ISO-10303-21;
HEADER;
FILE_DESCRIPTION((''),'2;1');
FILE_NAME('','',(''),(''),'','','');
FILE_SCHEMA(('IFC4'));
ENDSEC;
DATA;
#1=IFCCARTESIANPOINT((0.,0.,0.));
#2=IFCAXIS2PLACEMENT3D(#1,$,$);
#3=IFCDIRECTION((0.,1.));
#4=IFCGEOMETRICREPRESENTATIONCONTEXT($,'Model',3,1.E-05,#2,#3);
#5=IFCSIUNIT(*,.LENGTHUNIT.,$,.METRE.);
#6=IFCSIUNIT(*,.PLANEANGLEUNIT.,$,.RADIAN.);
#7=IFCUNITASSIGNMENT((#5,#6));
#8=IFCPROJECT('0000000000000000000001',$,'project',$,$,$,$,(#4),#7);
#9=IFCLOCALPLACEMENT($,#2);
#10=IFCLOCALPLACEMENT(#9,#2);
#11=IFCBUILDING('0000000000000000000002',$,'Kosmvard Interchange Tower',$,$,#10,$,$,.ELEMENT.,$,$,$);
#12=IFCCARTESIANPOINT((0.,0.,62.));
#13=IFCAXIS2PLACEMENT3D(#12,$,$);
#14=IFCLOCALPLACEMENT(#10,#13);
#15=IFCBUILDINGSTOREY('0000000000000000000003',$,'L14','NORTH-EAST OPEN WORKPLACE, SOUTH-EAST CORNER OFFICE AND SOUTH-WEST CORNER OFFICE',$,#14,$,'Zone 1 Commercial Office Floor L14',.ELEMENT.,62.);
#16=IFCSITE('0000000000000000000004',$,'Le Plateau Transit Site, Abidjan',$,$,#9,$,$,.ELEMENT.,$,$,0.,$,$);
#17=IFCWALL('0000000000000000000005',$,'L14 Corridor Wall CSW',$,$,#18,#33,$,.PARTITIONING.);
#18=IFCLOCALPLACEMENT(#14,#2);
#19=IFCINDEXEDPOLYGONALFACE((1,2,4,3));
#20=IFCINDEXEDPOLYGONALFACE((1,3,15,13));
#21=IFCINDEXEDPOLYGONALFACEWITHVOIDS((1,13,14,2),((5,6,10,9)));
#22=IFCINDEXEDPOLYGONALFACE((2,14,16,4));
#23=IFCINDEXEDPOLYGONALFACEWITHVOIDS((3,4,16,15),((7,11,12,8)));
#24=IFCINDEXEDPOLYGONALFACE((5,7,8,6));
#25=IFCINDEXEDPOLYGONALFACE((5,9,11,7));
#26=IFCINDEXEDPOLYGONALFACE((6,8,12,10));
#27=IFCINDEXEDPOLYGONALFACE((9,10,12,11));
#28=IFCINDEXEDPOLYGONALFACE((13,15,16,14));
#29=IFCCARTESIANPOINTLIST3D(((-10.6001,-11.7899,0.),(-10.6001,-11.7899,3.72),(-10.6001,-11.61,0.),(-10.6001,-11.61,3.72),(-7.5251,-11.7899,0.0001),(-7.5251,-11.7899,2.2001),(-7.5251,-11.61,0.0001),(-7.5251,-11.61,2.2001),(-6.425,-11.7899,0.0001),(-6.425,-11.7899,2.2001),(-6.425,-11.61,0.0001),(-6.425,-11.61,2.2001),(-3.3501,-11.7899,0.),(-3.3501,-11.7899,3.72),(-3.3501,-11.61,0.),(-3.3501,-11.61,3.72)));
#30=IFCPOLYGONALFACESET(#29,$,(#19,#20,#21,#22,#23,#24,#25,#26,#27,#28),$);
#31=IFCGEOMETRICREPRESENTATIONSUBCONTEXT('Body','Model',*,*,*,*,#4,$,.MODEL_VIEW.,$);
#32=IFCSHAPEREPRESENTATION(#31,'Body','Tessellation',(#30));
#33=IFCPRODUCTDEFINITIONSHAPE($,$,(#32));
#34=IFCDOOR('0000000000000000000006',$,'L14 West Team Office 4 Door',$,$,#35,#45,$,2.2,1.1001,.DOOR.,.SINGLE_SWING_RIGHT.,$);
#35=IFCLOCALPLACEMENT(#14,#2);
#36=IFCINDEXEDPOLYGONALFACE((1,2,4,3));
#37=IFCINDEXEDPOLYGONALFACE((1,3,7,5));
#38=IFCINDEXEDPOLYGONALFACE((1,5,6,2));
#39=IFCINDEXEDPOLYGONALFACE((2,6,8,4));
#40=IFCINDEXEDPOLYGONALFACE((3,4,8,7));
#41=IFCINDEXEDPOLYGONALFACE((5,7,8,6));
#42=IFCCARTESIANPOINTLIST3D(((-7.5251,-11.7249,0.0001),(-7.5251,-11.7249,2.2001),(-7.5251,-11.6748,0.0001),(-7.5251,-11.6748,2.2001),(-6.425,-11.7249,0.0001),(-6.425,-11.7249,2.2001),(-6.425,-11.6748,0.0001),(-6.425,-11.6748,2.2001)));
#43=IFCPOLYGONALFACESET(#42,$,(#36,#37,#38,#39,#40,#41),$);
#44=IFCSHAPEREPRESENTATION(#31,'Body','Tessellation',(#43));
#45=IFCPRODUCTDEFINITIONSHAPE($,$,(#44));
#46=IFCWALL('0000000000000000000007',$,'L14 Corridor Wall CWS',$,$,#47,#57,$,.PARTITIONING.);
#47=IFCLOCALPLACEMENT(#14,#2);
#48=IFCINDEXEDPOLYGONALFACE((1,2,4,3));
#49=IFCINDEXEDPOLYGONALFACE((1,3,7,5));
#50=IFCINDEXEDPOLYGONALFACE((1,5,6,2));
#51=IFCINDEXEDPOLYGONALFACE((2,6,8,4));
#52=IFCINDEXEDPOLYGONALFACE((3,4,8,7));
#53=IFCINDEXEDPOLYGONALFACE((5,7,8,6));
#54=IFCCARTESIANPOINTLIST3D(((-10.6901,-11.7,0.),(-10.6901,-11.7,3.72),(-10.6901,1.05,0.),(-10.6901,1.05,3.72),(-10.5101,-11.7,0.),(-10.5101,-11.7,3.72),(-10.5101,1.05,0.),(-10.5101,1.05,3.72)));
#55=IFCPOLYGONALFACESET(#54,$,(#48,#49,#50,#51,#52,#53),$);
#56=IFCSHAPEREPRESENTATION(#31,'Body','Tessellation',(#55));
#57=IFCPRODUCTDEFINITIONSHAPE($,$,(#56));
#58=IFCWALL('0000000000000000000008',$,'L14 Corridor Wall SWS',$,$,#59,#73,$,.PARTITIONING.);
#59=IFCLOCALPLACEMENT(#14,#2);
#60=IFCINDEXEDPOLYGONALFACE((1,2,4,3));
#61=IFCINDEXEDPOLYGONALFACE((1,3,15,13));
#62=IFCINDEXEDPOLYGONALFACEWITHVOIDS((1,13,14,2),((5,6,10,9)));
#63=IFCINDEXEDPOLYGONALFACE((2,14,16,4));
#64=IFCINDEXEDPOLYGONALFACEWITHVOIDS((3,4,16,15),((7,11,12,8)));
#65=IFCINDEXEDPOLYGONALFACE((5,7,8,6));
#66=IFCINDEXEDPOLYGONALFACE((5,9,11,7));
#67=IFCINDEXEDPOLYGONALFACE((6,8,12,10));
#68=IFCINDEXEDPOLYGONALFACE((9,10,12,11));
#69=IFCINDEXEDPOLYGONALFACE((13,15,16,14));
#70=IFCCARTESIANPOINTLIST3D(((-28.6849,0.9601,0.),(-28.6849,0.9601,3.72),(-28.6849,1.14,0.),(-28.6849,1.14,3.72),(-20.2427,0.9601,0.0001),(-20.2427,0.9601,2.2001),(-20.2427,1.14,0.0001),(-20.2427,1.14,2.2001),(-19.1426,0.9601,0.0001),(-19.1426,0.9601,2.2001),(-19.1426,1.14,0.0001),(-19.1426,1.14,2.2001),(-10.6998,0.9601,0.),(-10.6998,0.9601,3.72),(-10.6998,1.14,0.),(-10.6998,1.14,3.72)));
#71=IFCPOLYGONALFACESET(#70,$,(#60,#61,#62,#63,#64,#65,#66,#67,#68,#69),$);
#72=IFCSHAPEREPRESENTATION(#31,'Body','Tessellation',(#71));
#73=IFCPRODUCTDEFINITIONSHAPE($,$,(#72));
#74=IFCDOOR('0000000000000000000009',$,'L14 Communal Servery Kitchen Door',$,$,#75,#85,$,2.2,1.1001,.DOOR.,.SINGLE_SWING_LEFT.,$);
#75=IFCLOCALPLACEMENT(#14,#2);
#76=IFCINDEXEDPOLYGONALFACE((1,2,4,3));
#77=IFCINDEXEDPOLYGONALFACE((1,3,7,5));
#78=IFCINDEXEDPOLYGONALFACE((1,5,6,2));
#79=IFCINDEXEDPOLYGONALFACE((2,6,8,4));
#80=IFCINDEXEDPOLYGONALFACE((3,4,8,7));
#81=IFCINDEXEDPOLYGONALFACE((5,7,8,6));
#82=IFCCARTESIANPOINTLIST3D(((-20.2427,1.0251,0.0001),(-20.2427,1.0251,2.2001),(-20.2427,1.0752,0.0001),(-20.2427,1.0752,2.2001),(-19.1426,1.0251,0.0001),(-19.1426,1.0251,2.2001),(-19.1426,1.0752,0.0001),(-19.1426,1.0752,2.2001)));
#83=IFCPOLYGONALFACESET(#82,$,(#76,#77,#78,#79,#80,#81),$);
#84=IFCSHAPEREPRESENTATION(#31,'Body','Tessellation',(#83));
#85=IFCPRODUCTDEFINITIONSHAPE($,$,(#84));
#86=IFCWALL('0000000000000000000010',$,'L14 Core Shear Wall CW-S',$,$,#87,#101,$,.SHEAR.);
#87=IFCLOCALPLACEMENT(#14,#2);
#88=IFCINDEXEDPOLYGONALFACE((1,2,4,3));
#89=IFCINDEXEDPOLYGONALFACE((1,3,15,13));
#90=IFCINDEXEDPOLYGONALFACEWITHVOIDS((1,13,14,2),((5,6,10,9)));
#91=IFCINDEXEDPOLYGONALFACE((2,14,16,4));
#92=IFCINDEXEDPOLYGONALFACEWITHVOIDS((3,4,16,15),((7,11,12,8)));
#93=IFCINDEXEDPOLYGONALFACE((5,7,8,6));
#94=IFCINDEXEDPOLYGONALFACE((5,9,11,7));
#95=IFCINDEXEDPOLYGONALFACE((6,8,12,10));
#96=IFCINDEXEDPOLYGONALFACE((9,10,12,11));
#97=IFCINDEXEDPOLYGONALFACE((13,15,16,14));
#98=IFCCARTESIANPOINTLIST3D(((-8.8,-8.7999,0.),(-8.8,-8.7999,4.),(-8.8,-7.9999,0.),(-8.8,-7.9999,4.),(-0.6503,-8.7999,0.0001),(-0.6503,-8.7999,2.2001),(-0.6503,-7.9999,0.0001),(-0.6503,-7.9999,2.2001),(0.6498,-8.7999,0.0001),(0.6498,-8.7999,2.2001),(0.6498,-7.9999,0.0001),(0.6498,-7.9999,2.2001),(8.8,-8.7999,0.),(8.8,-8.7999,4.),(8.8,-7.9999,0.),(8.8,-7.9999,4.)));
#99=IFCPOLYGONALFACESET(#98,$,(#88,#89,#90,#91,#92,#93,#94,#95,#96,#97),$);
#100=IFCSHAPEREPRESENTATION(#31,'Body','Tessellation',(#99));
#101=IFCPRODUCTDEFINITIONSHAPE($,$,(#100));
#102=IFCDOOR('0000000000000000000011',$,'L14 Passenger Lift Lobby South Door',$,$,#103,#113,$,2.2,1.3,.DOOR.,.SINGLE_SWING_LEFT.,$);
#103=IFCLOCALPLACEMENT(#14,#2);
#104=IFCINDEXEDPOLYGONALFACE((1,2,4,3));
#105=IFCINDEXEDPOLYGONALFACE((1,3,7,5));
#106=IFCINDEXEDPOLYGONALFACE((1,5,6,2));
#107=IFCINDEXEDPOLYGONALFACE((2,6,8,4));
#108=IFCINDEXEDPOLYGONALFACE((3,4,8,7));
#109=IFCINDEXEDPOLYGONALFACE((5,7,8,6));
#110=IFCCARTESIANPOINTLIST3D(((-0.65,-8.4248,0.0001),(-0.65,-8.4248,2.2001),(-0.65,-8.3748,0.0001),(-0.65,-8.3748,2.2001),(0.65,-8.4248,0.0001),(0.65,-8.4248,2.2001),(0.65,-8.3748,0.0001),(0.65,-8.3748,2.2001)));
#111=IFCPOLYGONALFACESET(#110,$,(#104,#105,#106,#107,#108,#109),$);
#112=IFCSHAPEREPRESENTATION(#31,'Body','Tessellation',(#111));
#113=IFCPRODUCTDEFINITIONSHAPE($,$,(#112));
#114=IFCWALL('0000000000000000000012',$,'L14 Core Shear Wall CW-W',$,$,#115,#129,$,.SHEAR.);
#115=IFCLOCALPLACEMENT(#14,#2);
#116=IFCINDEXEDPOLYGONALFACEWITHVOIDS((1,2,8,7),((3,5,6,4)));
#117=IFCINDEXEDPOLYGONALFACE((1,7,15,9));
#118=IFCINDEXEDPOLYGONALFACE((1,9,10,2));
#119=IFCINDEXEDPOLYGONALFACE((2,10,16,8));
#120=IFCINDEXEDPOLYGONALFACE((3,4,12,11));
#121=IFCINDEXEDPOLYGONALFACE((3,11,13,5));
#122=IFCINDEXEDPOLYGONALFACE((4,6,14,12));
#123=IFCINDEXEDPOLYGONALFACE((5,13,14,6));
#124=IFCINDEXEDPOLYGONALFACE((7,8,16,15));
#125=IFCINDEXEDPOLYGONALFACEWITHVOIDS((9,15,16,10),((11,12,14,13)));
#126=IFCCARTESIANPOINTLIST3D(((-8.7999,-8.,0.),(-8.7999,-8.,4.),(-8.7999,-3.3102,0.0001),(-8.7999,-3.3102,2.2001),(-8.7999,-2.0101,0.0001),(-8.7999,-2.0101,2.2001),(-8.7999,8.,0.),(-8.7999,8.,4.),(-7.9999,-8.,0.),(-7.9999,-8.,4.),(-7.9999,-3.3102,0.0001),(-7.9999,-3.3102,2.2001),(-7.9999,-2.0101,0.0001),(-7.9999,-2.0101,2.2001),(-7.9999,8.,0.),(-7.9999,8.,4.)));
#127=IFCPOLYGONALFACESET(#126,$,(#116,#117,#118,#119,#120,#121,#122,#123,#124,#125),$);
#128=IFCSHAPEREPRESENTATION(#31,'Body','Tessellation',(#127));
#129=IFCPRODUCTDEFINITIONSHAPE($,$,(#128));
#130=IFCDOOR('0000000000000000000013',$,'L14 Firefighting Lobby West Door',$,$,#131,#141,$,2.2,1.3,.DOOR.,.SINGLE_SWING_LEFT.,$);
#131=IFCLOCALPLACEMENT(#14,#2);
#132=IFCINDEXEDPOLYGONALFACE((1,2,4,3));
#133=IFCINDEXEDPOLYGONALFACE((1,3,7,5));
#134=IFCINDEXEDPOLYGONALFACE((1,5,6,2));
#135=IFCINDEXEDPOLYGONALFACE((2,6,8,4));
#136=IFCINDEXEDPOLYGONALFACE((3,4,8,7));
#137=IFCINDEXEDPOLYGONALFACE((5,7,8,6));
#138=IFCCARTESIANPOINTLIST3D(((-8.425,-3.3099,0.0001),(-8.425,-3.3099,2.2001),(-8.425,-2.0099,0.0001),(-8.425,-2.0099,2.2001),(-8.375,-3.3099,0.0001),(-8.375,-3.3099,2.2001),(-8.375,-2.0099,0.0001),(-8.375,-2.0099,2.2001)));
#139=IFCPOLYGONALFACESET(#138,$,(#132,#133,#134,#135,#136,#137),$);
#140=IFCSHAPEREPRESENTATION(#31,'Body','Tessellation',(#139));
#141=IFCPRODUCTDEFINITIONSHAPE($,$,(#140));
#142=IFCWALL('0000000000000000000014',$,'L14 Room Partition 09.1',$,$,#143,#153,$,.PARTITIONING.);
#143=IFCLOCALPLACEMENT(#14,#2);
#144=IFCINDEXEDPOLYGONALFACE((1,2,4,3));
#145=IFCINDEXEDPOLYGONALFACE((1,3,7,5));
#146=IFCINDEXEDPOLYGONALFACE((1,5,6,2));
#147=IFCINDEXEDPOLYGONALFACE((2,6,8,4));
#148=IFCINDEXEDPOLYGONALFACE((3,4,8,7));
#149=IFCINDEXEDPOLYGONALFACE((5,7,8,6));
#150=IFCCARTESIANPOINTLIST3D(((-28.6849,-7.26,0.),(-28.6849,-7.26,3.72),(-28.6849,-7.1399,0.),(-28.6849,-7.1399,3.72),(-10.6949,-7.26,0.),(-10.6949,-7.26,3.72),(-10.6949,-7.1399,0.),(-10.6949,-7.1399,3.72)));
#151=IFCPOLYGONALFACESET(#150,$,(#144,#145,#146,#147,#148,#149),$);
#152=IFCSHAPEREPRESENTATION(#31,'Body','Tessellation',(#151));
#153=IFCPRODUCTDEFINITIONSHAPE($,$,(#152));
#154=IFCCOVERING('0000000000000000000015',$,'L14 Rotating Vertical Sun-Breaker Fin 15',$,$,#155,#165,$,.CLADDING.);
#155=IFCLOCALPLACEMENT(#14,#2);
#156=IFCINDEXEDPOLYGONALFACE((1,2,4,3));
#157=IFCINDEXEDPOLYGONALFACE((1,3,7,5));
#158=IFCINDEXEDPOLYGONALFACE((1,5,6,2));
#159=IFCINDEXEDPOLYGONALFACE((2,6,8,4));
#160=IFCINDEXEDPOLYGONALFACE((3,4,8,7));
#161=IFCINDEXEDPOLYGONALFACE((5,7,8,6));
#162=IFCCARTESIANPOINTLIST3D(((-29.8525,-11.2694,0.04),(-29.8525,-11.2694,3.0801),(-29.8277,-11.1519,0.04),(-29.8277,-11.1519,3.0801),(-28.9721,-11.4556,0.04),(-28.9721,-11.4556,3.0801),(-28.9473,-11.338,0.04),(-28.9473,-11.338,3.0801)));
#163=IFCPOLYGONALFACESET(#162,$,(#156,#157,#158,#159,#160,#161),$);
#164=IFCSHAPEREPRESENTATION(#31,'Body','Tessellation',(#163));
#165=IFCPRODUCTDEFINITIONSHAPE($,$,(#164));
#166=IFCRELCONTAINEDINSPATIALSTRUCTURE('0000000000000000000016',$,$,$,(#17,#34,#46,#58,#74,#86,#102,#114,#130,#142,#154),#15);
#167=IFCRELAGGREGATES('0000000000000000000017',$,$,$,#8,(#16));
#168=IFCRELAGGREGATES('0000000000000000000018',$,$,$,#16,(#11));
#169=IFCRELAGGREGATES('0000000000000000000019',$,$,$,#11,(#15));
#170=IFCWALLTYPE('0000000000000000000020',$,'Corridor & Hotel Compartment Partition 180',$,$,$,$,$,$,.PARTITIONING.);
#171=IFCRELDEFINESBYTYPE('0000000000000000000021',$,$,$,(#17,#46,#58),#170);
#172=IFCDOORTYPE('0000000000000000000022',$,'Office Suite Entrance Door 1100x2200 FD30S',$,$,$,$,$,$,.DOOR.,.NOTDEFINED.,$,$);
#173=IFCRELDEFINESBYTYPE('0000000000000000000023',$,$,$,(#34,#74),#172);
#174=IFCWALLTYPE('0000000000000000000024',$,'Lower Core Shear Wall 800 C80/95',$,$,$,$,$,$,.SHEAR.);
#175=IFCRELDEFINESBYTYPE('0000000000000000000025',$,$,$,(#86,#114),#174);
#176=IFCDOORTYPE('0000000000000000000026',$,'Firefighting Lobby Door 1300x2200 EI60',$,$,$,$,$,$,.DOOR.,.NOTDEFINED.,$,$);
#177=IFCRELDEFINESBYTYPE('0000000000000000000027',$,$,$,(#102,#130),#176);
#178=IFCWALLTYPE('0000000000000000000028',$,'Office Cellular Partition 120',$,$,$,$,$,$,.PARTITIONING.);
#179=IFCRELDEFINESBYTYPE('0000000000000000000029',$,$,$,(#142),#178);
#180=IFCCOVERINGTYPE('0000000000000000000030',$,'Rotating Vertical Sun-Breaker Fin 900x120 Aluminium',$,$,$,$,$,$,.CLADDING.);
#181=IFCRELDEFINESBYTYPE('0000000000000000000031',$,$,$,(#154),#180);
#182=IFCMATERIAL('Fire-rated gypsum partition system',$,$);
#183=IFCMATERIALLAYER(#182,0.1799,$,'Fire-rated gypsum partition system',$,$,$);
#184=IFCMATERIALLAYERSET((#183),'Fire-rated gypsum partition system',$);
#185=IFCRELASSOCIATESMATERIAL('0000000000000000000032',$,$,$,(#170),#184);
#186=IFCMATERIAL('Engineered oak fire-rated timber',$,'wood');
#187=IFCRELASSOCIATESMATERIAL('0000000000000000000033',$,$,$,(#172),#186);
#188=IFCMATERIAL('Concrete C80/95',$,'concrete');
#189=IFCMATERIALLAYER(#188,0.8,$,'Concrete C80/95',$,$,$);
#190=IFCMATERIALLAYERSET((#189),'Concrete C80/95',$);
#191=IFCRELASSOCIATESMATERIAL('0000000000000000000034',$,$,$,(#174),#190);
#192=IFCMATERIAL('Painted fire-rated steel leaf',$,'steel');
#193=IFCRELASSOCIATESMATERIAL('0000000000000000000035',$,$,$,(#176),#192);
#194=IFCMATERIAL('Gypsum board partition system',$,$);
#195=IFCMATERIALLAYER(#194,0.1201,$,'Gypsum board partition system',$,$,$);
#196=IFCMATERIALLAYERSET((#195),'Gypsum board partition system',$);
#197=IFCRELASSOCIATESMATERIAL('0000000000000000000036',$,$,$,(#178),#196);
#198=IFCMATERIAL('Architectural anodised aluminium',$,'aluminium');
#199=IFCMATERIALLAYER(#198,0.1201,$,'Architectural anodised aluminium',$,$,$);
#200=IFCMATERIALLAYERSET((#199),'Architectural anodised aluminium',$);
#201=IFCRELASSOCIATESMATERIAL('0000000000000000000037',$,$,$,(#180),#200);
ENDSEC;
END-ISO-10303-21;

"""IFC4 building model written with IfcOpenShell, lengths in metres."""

from ifc_helpers import new_model, si_unit, direction, frame, frame_2d, origin, origin_2d, place, context, subcontext, project, spatial, rectangle, extrude, source, transform, mapped, material, layer, layer_set, type_object, element, fill, save


model = new_model("IFC4")

# Units and contexts
model_context = context("Model", 3, precision=1e-05, world=origin(), true_north=direction((0.0, 1.0)))
body_context = subcontext(model_context, "Body", "Model", "MODEL_VIEW")
ifc_project = project(units=[si_unit("LENGTHUNIT", "METRE"), si_unit("PLANEANGLEUNIT", "RADIAN")], contexts=[model_context])

# Site, building, storey
site_placement = place(None, origin())
site = spatial("IfcSite", under=ifc_project, at=site_placement, Name="Le Plateau Transit Site, Abidjan", CompositionType="ELEMENT", RefElevation=0.0)
building_placement = place(site_placement, origin())
building = spatial("IfcBuilding", under=site, at=building_placement, Name="Kosmvard Interchange Tower", CompositionType="ELEMENT")
storey_placement = place(building_placement, frame((0.0, 0.0, 62.0)))
storey = spatial("IfcBuildingStorey", under=building, at=storey_placement, Name="L14", Description="NORTH-EAST OPEN WORKPLACE, SOUTH-EAST CORNER OFFICE AND SOUTH-WEST CORNER OFFICE", LongName="Zone 1 Commercial Office Floor L14", CompositionType="ELEMENT", Elevation=62.0)

# Shared definitions
ifc_material_1 = material(Name="Concrete C80/95", Category="concrete")

# Wall, opening, door
ifc_material_2 = material(Name="Fire-rated gypsum partition system")
ifc_layer_1 = layer(ifc_material_2, 0.1799, Name="Fire-rated gypsum partition system")
ifc_layer_set_1 = layer_set([ifc_layer_1], Name="Fire-rated gypsum partition system")
wall_type_1 = type_object("IfcWallType", Name="Corridor & Hotel Compartment Partition 180", PredefinedType="PARTITIONING", material=ifc_layer_set_1)
wall_1_placement = place(storey_placement, frame((-10.6001, -11.7, 0.0), z_axis=(0.0, 0.0, 1.0), x_axis=(1.0, 0.0, 0.0)))
wall_1 = element("IfcWall", 1, at=wall_1_placement, inside=storey, type_object=wall_type_1, Name="L14 Corridor Wall CSW", PredefinedType="PARTITIONING", context=body_context, shape_type="SweptSolid", body=[
    extrude(rectangle(XDim=7.25, YDim=0.1799, at=frame_2d((3.625, 0.0))), origin(), (0.0, 0.0, 1.0), 3.72),
])
opening_1_placement = place(wall_1_placement, frame((3.075, 0.0, 0.0)))
opening_1 = element("IfcOpeningElement", 2, at=opening_1_placement, cuts=wall_1, PredefinedType="OPENING", context=body_context, shape_type="SweptSolid", body=[
    extrude(rectangle(XDim=1.1001, YDim=2.2, at=frame_2d((0.55, 1.1001))), frame((0.0, 0.1001, 0.0), z_axis=(0.0, -1.0, 0.0), x_axis=(1.0, 0.0, 0.0)), (0.0, 0.0, 1.0), 0.2),
])
ifc_material_3 = material(Name="Engineered oak fire-rated timber", Category="wood")
door_type_1 = type_object("IfcDoorType", Name="Office Suite Entrance Door 1100x2200 FD30S", OperationType="NOTDEFINED", PredefinedType="DOOR", material=ifc_material_3)
shared_shape_1 = source(origin(), body_context, "Body", "SweptSolid", [
    extrude(rectangle(XDim=1.1001, YDim=2.2, at=frame_2d((0.55, 1.1001))), frame((0.0, 0.0249, 0.0), z_axis=(0.0, -1.0, 0.0), x_axis=(1.0, 0.0, 0.0)), (0.0, 0.0, 1.0), 0.05),
])
door_1_placement = place(opening_1_placement, frame((1.1001, 0.0, 0.0), z_axis=(0.0, 0.0, 1.0), x_axis=(-1.0, 0.0, 0.0)))
door_1 = element("IfcDoor", 3, at=door_1_placement, inside=storey, type_object=door_type_1, Name="L14 West Team Office 4 Door", OperationType="SINGLE_SWING_RIGHT", OverallHeight=2.2, OverallWidth=1.1001, PredefinedType="DOOR", context=body_context, shape_type="MappedRepresentation", body=[
    mapped(shared_shape_1, transform((0.0, 0.0, 0.0), scale=1.0)),
])
fill(opening_1, door_1)

# Wall
wall_2_placement = place(storey_placement, frame((-10.6001, -11.7, 0.0), z_axis=(0.0, 0.0, 1.0), x_axis=(0.0, 1.0, 0.0)))
element("IfcWall", 4, at=wall_2_placement, inside=storey, type_object=wall_type_1, Name="L14 Corridor Wall CWS", PredefinedType="PARTITIONING", context=body_context, shape_type="SweptSolid", body=[
    extrude(rectangle(XDim=12.75, YDim=0.1799, at=frame_2d((6.375, 0.0))), origin(), (0.0, 0.0, 1.0), 3.72),
])

# Walls, openings, doors
wall_3_placement = place(storey_placement, frame((-28.6851, 1.05, 0.0), z_axis=(0.0, 0.0, 1.0), x_axis=(1.0, 0.0, 0.0)))
wall_3 = element("IfcWall", 5, at=wall_3_placement, inside=storey, type_object=wall_type_1, Name="L14 Corridor Wall SWS", PredefinedType="PARTITIONING", context=body_context, shape_type="SweptSolid", body=[
    extrude(rectangle(XDim=17.9851, YDim=0.1799, at=frame_2d((8.9927, 0.0))), origin(), (0.0, 0.0, 1.0), 3.72),
])
opening_2_placement = place(wall_3_placement, frame((8.4424, 0.0, 0.0)))
opening_2 = element("IfcOpeningElement", 6, at=opening_2_placement, cuts=wall_3, PredefinedType="OPENING", context=body_context, shape_type="SweptSolid", body=[
    extrude(rectangle(XDim=1.1001, YDim=2.2, at=frame_2d((0.55, 1.1001))), frame((0.0, 0.1001, 0.0), z_axis=(0.0, -1.0, 0.0), x_axis=(1.0, 0.0, 0.0)), (0.0, 0.0, 1.0), 0.2),
])
door_2_placement = place(opening_2_placement, frame((1.1001, 0.0, 0.0), z_axis=(0.0, 0.0, 1.0), x_axis=(-1.0, 0.0, 0.0)))
door_2 = element("IfcDoor", 7, at=door_2_placement, inside=storey, type_object=door_type_1, Name="L14 Communal Servery Kitchen Door", OperationType="SINGLE_SWING_LEFT", OverallHeight=2.2, OverallWidth=1.1001, PredefinedType="DOOR", context=body_context, shape_type="MappedRepresentation", body=[
    mapped(shared_shape_1, transform((0.0, 0.0, 0.0), scale=1.0)),
])
fill(opening_2, door_2)
ifc_layer_2 = layer(ifc_material_1, 0.8, Name="Concrete C80/95")
ifc_layer_set_2 = layer_set([ifc_layer_2], Name="Concrete C80/95")
wall_type_2 = type_object("IfcWallType", Name="Lower Core Shear Wall 800 C80/95", PredefinedType="SHEAR", material=ifc_layer_set_2)
wall_4_placement = place(storey_placement, frame((-8.8, -8.3999, 0.0), z_axis=(0.0, 0.0, 1.0), x_axis=(1.0, 0.0, 0.0)))
wall_4 = element("IfcWall", 8, at=wall_4_placement, inside=storey, type_object=wall_type_2, Name="L14 Core Shear Wall CW-S", PredefinedType="SHEAR", context=body_context, shape_type="SweptSolid", body=[
    extrude(rectangle(XDim=17.6001, YDim=0.8, at=frame_2d((8.8, 0.0))), origin(), (0.0, 0.0, 1.0), 4.0),
])
opening_3_placement = place(wall_4_placement, frame((8.1499, 0.0, 0.0)))
opening_3 = element("IfcOpeningElement", 9, at=opening_3_placement, cuts=wall_4, PredefinedType="OPENING", context=body_context, shape_type="SweptSolid", body=[
    extrude(rectangle(XDim=1.3, YDim=2.2, at=frame_2d((0.6499, 1.1001))), frame((0.0, 0.4102, 0.0), z_axis=(0.0, -1.0, 0.0), x_axis=(1.0, 0.0, 0.0)), (0.0, 0.0, 1.0), 0.8201),
])
ifc_material_4 = material(Name="Painted fire-rated steel leaf", Category="steel")
door_type_2 = type_object("IfcDoorType", Name="Firefighting Lobby Door 1300x2200 EI60", OperationType="NOTDEFINED", PredefinedType="DOOR", material=ifc_material_4)
shared_shape_2 = source(origin(), body_context, "Body", "SweptSolid", [
    extrude(rectangle(XDim=1.3, YDim=2.2, at=frame_2d((0.6499, 1.1001))), frame((0.0, 0.0249, 0.0), z_axis=(0.0, -1.0, 0.0), x_axis=(1.0, 0.0, 0.0)), (0.0, 0.0, 1.0), 0.05),
])
door_3_placement = place(opening_3_placement, frame((1.3, 0.0, 0.0), z_axis=(0.0, 0.0, 1.0), x_axis=(-1.0, 0.0, 0.0)))
door_3 = element("IfcDoor", 10, at=door_3_placement, inside=storey, type_object=door_type_2, Name="L14 Passenger Lift Lobby South Door", OperationType="SINGLE_SWING_LEFT", OverallHeight=2.2, OverallWidth=1.3, PredefinedType="DOOR", context=body_context, shape_type="MappedRepresentation", body=[
    mapped(shared_shape_2, transform((0.0, 0.0, 0.0), scale=1.0)),
])
fill(opening_3, door_3)
wall_5_placement = place(storey_placement, frame((-8.3999, -8.0, 0.0), z_axis=(0.0, 0.0, 1.0), x_axis=(0.0, 1.0, 0.0)))
wall_5 = element("IfcWall", 11, at=wall_5_placement, inside=storey, type_object=wall_type_2, Name="L14 Core Shear Wall CW-W", PredefinedType="SHEAR", context=body_context, shape_type="SweptSolid", body=[
    extrude(rectangle(XDim=16.0, YDim=0.8, at=frame_2d((8.0, 0.0))), origin(), (0.0, 0.0, 1.0), 4.0),
])
opening_4_placement = place(wall_5_placement, frame((4.6899, 0.0, 0.0)))
opening_4 = element("IfcOpeningElement", 12, at=opening_4_placement, cuts=wall_5, PredefinedType="OPENING", context=body_context, shape_type="SweptSolid", body=[
    extrude(rectangle(XDim=1.3, YDim=2.2, at=frame_2d((0.6499, 1.1001))), frame((0.0, 0.4102, 0.0), z_axis=(0.0, -1.0, 0.0), x_axis=(1.0, 0.0, 0.0)), (0.0, 0.0, 1.0), 0.8201),
])
door_4_placement = place(opening_4_placement, frame((1.3, 0.0, 0.0), z_axis=(0.0, 0.0, 1.0), x_axis=(-1.0, 0.0, 0.0)))
door_4 = element("IfcDoor", 13, at=door_4_placement, inside=storey, type_object=door_type_2, Name="L14 Firefighting Lobby West Door", OperationType="SINGLE_SWING_LEFT", OverallHeight=2.2, OverallWidth=1.3, PredefinedType="DOOR", context=body_context, shape_type="MappedRepresentation", body=[
    mapped(shared_shape_2, transform((0.0, 0.0, 0.0), scale=1.0)),
])
fill(opening_4, door_4)

# Wall
ifc_material_5 = material(Name="Gypsum board partition system")
ifc_layer_3 = layer(ifc_material_5, 0.1201, Name="Gypsum board partition system")
ifc_layer_set_3 = layer_set([ifc_layer_3], Name="Gypsum board partition system")
wall_type_3 = type_object("IfcWallType", Name="Office Cellular Partition 120", PredefinedType="PARTITIONING", material=ifc_layer_set_3)
wall_6_placement = place(storey_placement, frame((-28.6851, -7.2, 0.0), z_axis=(0.0, 0.0, 1.0), x_axis=(1.0, 0.0, 0.0)))
element("IfcWall", 14, at=wall_6_placement, inside=storey, type_object=wall_type_3, Name="L14 Room Partition 09.1", PredefinedType="PARTITIONING", context=body_context, shape_type="SweptSolid", body=[
    extrude(rectangle(XDim=17.99, YDim=0.1201, at=frame_2d((8.9951, 0.0))), origin(), (0.0, 0.0, 1.0), 3.72),
])

# Covering
ifc_material_6 = material(Name="Architectural anodised aluminium", Category="aluminium")
ifc_layer_4 = layer(ifc_material_6, 0.1201, Name="Architectural anodised aluminium")
ifc_layer_set_4 = layer_set([ifc_layer_4], Name="Architectural anodised aluminium")
covering_type = type_object("IfcCoveringType", Name="Rotating Vertical Sun-Breaker Fin 900x120 Aluminium", PredefinedType="CLADDING", material=ifc_layer_set_4)
shared_shape_3 = source(origin(), body_context, "Body", "SweptSolid", [
    extrude(rectangle(XDim=0.8999, YDim=0.1201, at=origin_2d()), origin(), (0.0, 0.0, 1.0), 3.04),
])
covering_placement = place(storey_placement, frame((-29.3999, -11.3037, 0.04), z_axis=(0.0, 0.0, 1.0), x_axis=(-0.978365, 0.206887, 0.0)))
element("IfcCovering", 15, at=covering_placement, inside=storey, type_object=covering_type, Name="L14 Rotating Vertical Sun-Breaker Fin 15", PredefinedType="CLADDING", context=body_context, shape_type="MappedRepresentation", body=[
    mapped(shared_shape_3, transform((0.0, 0.0, 0.0), scale=1.0)),
])

save(model, "model.ifc")
